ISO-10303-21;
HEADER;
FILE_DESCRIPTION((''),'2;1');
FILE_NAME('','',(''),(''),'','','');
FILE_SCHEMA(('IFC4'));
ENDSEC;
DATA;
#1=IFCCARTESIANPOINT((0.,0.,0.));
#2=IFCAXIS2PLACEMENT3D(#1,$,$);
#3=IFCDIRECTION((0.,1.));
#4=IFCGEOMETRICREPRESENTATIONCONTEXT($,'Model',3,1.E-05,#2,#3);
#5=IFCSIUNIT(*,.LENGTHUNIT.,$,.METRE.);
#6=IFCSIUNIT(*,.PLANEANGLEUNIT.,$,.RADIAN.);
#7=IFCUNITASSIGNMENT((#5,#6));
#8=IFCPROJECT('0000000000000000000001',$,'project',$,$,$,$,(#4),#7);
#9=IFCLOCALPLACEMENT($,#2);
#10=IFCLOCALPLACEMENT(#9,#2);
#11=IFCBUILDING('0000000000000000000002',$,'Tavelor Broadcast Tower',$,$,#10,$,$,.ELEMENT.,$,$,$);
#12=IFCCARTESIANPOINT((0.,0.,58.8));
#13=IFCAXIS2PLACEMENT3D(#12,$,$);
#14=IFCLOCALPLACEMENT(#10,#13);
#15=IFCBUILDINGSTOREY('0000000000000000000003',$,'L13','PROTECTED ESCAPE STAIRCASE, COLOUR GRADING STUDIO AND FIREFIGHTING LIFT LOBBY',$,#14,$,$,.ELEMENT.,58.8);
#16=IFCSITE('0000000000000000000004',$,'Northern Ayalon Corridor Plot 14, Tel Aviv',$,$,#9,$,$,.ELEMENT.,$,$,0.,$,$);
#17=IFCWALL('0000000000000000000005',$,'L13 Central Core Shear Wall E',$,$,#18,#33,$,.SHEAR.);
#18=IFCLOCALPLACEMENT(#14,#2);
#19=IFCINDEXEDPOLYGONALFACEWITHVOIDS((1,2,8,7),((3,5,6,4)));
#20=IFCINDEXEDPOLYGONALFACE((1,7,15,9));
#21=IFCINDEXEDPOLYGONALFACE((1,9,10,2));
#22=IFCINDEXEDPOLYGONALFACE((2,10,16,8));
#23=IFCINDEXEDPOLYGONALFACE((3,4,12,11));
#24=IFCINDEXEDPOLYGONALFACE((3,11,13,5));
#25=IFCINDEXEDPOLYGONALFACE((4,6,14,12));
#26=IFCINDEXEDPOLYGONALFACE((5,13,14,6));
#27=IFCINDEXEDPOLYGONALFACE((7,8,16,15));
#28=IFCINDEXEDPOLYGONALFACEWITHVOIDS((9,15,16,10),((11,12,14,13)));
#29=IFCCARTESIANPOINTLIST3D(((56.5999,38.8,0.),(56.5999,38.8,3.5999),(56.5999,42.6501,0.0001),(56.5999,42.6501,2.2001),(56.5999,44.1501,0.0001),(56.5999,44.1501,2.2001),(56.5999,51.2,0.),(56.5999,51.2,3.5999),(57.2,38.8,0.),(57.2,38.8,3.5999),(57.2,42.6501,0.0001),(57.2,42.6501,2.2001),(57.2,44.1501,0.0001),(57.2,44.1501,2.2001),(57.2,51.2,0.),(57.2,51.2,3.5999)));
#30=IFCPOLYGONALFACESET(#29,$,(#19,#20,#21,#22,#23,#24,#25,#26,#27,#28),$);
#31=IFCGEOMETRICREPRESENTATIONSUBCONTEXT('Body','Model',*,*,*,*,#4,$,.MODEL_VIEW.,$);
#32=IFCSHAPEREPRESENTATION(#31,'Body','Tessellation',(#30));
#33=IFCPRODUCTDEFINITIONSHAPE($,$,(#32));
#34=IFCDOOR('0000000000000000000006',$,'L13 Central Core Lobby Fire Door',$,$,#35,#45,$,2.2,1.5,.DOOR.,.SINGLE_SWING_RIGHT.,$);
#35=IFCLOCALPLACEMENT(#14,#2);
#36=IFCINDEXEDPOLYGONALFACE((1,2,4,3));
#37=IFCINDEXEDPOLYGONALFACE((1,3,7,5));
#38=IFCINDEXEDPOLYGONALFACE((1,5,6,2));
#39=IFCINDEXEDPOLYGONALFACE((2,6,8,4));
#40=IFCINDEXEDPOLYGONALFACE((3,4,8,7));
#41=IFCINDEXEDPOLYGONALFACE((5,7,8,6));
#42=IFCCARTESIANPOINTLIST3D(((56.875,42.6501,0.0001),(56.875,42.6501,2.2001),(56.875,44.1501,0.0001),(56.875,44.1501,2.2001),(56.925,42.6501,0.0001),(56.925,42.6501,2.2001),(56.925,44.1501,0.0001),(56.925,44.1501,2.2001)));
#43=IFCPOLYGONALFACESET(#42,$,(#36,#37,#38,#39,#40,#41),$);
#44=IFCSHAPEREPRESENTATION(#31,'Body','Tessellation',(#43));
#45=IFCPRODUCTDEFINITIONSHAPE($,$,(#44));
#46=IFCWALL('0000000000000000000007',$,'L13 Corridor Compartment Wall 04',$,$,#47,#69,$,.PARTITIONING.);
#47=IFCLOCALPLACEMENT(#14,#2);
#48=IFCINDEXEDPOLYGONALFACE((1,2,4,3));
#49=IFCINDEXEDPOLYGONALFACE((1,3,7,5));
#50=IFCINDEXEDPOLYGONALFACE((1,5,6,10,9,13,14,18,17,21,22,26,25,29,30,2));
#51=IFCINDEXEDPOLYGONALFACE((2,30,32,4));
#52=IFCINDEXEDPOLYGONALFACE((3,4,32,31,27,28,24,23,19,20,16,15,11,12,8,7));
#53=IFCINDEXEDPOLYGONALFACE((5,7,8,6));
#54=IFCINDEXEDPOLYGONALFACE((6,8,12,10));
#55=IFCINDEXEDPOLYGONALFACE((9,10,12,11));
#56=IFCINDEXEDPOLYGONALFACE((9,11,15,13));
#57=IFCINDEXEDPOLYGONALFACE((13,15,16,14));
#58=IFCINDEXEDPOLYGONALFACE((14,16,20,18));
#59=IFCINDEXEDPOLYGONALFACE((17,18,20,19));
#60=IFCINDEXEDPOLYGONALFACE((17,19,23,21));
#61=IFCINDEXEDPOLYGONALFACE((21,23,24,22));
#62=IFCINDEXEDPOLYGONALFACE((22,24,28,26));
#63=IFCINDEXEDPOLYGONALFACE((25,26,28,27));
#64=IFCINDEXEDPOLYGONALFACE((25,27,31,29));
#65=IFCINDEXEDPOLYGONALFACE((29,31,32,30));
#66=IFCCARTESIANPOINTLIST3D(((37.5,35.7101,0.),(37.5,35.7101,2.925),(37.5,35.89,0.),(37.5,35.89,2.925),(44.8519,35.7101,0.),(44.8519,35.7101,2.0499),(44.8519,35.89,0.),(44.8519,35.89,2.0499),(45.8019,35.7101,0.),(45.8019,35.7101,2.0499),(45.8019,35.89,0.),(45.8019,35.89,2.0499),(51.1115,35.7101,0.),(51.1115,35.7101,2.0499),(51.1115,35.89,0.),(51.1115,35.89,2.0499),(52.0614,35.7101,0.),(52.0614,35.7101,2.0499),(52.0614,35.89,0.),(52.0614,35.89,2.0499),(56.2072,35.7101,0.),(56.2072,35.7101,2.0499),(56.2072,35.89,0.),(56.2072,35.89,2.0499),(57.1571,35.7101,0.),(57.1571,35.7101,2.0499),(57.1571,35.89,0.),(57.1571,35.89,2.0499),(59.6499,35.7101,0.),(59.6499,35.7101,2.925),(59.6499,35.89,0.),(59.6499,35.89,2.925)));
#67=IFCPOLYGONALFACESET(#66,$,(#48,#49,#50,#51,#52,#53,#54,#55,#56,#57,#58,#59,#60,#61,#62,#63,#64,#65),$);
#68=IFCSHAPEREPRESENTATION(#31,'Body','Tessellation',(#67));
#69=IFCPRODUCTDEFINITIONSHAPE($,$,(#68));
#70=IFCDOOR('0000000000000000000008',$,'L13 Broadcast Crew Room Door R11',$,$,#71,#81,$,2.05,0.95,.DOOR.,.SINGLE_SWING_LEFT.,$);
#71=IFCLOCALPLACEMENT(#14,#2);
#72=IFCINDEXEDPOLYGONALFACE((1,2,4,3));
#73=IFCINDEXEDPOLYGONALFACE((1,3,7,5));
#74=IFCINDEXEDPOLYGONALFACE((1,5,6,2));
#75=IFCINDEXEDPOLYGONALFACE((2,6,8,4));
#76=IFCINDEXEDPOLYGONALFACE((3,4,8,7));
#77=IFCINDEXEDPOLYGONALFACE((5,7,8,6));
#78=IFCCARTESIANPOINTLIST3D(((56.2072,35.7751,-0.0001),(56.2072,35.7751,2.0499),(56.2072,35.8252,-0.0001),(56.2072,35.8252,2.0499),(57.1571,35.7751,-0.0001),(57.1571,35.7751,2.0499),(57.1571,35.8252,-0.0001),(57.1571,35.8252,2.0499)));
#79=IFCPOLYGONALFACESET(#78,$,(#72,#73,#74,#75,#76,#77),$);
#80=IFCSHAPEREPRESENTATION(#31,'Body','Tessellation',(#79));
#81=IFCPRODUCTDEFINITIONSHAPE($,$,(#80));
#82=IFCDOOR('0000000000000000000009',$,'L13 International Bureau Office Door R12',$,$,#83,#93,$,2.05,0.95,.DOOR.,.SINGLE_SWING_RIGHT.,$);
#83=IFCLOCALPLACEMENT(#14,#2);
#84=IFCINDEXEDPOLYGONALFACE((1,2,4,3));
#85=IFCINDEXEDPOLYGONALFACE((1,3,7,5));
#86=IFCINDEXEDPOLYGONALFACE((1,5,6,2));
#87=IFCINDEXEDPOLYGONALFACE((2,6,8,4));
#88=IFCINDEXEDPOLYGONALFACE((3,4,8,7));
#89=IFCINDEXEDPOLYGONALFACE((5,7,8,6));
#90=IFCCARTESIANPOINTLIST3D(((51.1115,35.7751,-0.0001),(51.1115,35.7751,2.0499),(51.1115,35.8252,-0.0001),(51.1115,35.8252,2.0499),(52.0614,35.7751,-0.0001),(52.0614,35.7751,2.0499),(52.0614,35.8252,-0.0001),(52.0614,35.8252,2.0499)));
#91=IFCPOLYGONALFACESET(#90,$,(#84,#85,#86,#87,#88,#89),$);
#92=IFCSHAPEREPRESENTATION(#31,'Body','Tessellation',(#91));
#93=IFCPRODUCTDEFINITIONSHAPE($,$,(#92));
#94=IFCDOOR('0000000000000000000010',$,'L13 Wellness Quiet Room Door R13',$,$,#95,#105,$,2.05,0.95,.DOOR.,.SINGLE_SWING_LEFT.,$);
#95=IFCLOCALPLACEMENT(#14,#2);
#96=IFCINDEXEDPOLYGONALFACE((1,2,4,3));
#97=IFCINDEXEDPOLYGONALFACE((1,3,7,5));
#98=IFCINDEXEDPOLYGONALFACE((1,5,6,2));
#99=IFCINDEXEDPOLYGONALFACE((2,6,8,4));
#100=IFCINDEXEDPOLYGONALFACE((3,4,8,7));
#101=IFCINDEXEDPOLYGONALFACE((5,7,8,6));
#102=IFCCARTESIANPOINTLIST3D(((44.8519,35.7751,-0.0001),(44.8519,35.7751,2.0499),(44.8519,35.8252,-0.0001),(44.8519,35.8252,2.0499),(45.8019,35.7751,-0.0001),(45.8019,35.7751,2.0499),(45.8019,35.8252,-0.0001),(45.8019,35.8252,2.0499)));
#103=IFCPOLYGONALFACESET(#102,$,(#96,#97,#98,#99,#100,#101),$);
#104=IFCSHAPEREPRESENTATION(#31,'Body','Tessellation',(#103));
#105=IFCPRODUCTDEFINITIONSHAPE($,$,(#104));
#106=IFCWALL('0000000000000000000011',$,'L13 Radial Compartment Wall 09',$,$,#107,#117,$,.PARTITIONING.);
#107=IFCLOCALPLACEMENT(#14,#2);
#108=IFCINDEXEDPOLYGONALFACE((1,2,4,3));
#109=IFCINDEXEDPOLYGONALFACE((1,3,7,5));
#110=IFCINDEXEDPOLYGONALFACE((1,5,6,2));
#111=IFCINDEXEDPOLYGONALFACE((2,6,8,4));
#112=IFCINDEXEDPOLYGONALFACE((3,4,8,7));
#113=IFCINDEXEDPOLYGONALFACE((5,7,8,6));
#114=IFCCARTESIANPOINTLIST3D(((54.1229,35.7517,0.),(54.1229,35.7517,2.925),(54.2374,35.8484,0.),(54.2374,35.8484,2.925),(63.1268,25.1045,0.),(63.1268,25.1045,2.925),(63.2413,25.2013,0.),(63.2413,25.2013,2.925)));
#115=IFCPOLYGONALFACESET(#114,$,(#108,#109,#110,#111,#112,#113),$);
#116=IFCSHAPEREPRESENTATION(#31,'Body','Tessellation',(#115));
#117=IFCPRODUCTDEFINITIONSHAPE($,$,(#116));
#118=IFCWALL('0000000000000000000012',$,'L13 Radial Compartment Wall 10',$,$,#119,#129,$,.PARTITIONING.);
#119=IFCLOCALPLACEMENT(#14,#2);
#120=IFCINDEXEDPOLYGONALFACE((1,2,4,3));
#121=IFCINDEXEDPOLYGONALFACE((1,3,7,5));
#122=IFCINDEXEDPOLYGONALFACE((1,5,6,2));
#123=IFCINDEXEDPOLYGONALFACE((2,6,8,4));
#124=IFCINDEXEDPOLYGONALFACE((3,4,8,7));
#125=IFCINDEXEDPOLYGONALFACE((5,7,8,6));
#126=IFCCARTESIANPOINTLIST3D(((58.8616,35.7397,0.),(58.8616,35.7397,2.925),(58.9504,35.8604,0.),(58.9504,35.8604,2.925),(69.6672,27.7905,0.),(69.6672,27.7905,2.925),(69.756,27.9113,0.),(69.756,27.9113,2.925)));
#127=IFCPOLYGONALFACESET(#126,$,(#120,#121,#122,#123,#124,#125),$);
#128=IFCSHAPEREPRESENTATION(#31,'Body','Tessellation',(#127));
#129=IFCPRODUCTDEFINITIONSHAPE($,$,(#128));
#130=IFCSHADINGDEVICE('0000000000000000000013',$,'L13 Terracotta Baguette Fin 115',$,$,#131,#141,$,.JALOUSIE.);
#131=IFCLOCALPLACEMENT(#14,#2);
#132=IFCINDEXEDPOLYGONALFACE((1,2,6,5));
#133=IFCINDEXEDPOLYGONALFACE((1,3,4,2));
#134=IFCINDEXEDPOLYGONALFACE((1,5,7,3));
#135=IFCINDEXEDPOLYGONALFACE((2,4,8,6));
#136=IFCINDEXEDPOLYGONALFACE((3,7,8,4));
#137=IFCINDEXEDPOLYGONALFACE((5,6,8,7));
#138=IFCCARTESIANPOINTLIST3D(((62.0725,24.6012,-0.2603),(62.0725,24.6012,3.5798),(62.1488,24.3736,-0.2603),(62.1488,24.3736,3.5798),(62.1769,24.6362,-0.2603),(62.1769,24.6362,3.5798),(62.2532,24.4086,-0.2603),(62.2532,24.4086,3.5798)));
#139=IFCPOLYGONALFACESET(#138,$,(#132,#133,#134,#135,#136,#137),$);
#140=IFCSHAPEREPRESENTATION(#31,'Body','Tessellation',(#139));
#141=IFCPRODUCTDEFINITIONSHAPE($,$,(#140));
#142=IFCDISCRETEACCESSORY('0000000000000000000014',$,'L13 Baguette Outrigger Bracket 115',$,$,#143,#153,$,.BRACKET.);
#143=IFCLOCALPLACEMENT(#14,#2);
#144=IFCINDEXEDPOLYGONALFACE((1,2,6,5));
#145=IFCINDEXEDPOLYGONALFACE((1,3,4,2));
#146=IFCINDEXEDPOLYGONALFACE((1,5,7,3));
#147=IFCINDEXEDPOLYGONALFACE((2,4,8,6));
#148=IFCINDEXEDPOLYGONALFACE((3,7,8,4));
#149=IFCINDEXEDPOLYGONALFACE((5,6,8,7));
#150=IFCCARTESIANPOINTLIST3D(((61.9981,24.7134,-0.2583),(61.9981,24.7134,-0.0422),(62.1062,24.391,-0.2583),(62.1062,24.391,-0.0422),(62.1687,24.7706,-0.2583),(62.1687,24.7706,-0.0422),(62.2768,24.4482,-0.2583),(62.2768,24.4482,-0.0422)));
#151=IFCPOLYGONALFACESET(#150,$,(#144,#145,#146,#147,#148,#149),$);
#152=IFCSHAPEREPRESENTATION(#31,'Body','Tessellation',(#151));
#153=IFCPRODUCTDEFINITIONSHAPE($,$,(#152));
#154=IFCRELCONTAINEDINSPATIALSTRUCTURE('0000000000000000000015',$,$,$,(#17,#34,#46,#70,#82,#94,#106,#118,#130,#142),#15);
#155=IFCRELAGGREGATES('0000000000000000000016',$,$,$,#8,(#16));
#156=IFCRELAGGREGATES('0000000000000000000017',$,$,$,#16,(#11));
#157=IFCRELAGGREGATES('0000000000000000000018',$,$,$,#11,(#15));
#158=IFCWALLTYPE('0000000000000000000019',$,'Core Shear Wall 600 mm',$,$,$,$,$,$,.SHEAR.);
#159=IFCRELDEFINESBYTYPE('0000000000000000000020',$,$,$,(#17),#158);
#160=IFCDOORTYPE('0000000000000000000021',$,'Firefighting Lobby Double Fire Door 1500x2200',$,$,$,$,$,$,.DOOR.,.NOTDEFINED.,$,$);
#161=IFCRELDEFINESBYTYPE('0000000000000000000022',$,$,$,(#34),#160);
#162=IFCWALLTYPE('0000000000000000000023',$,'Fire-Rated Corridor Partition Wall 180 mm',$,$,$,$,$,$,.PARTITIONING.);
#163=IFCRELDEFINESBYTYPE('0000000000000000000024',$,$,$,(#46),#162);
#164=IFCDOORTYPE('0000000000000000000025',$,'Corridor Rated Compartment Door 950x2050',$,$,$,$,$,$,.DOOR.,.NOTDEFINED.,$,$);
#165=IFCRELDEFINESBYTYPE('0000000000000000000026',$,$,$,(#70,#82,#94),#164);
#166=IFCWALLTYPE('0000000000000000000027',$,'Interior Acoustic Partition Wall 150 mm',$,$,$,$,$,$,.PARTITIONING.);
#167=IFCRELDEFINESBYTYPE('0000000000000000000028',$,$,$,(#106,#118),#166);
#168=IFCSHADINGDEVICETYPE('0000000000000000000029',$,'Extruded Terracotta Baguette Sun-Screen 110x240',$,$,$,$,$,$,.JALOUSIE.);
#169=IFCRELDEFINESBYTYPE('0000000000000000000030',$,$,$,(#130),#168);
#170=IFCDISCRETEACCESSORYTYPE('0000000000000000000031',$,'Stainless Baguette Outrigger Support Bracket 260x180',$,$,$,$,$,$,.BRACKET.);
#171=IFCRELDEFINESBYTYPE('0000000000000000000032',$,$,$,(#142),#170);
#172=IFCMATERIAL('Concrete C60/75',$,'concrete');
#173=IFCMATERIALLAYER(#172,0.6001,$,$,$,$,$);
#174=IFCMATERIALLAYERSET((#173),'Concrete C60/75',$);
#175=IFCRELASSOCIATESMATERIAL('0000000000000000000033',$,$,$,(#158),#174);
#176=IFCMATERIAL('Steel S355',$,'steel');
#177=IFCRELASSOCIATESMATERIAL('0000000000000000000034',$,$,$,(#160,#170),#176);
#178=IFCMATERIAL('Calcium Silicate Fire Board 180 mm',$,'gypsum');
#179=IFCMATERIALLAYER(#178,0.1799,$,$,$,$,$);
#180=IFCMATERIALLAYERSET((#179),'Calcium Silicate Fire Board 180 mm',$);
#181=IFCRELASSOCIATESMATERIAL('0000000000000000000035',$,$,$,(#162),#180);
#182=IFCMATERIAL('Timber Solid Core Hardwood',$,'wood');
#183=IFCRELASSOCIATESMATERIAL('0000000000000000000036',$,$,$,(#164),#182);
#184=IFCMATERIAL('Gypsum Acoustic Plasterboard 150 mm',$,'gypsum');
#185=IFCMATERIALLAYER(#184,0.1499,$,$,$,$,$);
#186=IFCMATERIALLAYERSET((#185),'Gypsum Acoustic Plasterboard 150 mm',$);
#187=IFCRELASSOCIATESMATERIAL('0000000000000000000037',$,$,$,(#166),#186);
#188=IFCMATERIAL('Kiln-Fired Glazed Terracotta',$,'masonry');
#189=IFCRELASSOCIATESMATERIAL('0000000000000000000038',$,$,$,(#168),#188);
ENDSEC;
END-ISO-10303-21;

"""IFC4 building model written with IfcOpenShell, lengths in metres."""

from ifc_helpers import new_model, si_unit, direction, frame, frame_2d, origin, origin_2d, place, context, subcontext, project, spatial, rectangle, extrude, source, transform, mapped, material, layer, layer_set, type_object, type_shapes, element, fill, save


model = new_model("IFC4")

# Units and contexts
model_context = context("Model", 3, precision=1e-05, world=origin(), true_north=direction((0.0, 1.0)))
body_context = subcontext(model_context, "Body", "Model", "MODEL_VIEW")
ifc_project = project(units=[si_unit("LENGTHUNIT", "METRE"), si_unit("PLANEANGLEUNIT", "RADIAN")], contexts=[model_context])

# Site, building, storey
site_placement = place(None, origin())
site = spatial("IfcSite", under=ifc_project, at=site_placement, Name="Northern Ayalon Corridor Plot 14, Tel Aviv", CompositionType="ELEMENT", RefElevation=0.0)
building_placement = place(site_placement, origin())
building = spatial("IfcBuilding", under=site, at=building_placement, Name="Tavelor Broadcast Tower", CompositionType="ELEMENT")
storey_placement = place(building_placement, frame((0.0, 0.0, 58.8)))
storey = spatial("IfcBuildingStorey", under=building, at=storey_placement, Name="L13", Description="PROTECTED ESCAPE STAIRCASE, COLOUR GRADING STUDIO AND FIREFIGHTING LIFT LOBBY", CompositionType="ELEMENT", Elevation=58.8)

# Shared definitions
ifc_material_1 = material(Name="Concrete C60/75", Category="concrete")

# Shared definitions
ifc_material_2 = material(Name="Steel S355", Category="steel")

# Wall, opening, door
ifc_layer_1 = layer(ifc_material_1, 0.6001)
ifc_layer_set_1 = layer_set([ifc_layer_1], Name="Concrete C60/75")
wall_type_1 = type_object("IfcWallType", Name="Core Shear Wall 600 mm", PredefinedType="SHEAR", material=ifc_layer_set_1)
wall_1_placement = place(storey_placement, frame((56.8999, 38.8, 0.0), z_axis=(0.0, 0.0, 1.0), x_axis=(0.0, 1.0, 0.0)))
wall_1 = element("IfcWall", 1, at=wall_1_placement, inside=storey, type_object=wall_type_1, Name="L13 Central Core Shear Wall E", PredefinedType="SHEAR", context=body_context, shape_type="SweptSolid", body=[
    extrude(rectangle(XDim=12.3999, YDim=0.6001, at=frame_2d((6.2, 0.0))), origin(), (0.0, 0.0, 1.0), 3.5999),
])
opening_1_placement = place(wall_1_placement, frame((3.8501, 0.0, 0.0)))
opening_1 = element("IfcOpeningElement", 2, at=opening_1_placement, cuts=wall_1, PredefinedType="OPENING", context=body_context, shape_type="SweptSolid", body=[
    extrude(rectangle(XDim=1.5, YDim=2.2, at=frame_2d((0.75, 1.1001))), frame((0.0, 0.3101, 0.0), z_axis=(0.0, -1.0, 0.0), x_axis=(1.0, 0.0, 0.0)), (0.0, 0.0, 1.0), 0.6201),
])
door_type_1 = type_object("IfcDoorType", Name="Firefighting Lobby Double Fire Door 1500x2200", OperationType="NOTDEFINED", PredefinedType="DOOR", material=ifc_material_2)
door_1_placement = place(opening_1_placement, origin())
door_1 = element("IfcDoor", 3, at=door_1_placement, inside=storey, type_object=door_type_1, Name="L13 Central Core Lobby Fire Door", OperationType="SINGLE_SWING_RIGHT", OverallHeight=2.2, OverallWidth=1.5, PredefinedType="DOOR", context=body_context, shape_type="SweptSolid", body=[
    extrude(rectangle(XDim=1.5, YDim=2.2, at=frame_2d((0.75, 1.1001))), frame((0.0, 0.0249, 0.0), z_axis=(0.0, -1.0, 0.0), x_axis=(1.0, 0.0, 0.0)), (0.0, 0.0, 1.0), 0.05),
])
fill(opening_1, door_1)

# Wall, openings, doors
ifc_material_3 = material(Name="Calcium Silicate Fire Board 180 mm", Category="gypsum")
ifc_layer_2 = layer(ifc_material_3, 0.1799)
ifc_layer_set_2 = layer_set([ifc_layer_2], Name="Calcium Silicate Fire Board 180 mm")
wall_type_2 = type_object("IfcWallType", Name="Fire-Rated Corridor Partition Wall 180 mm", PredefinedType="PARTITIONING", material=ifc_layer_set_2)
wall_2_placement = place(storey_placement, frame((59.6499, 35.8, 0.0), z_axis=(0.0, 0.0, 1.0), x_axis=(-1.0, 0.0, 0.0)))
wall_2 = element("IfcWall", 4, at=wall_2_placement, inside=storey, type_object=wall_type_2, Name="L13 Corridor Compartment Wall 04", PredefinedType="PARTITIONING", context=body_context, shape_type="SweptSolid", body=[
    extrude(rectangle(XDim=22.1499, YDim=0.1799, at=frame_2d((11.075, 0.0))), origin(), (0.0, 0.0, 1.0), 2.925),
])
opening_2_placement = place(wall_2_placement, frame((2.4927, 0.0, 0.0)))
opening_2 = element("IfcOpeningElement", 5, at=opening_2_placement, cuts=wall_2, PredefinedType="OPENING", context=body_context, shape_type="SweptSolid", body=[
    extrude(rectangle(XDim=0.95, YDim=2.05, at=frame_2d((0.4751, 1.0249))), frame((0.0, 0.1001, 0.0), z_axis=(0.0, -1.0, 0.0), x_axis=(1.0, 0.0, 0.0)), (0.0, 0.0, 1.0), 0.2),
])
opening_3_placement = place(wall_2_placement, frame((7.5884, 0.0, 0.0)))
opening_3 = element("IfcOpeningElement", 6, at=opening_3_placement, cuts=wall_2, PredefinedType="OPENING", context=body_context, shape_type="SweptSolid", body=[
    extrude(rectangle(XDim=0.95, YDim=2.05, at=frame_2d((0.4751, 1.0249))), frame((0.0, 0.1001, 0.0), z_axis=(0.0, -1.0, 0.0), x_axis=(1.0, 0.0, 0.0)), (0.0, 0.0, 1.0), 0.2),
])
opening_4_placement = place(wall_2_placement, frame((13.8479, 0.0, 0.0)))
opening_4 = element("IfcOpeningElement", 7, at=opening_4_placement, cuts=wall_2, PredefinedType="OPENING", context=body_context, shape_type="SweptSolid", body=[
    extrude(rectangle(XDim=0.95, YDim=2.05, at=frame_2d((0.4751, 1.0249))), frame((0.0, 0.1001, 0.0), z_axis=(0.0, -1.0, 0.0), x_axis=(1.0, 0.0, 0.0)), (0.0, 0.0, 1.0), 0.2),
])
ifc_material_4 = material(Name="Timber Solid Core Hardwood", Category="wood")
door_type_2 = type_object("IfcDoorType", Name="Corridor Rated Compartment Door 950x2050", OperationType="NOTDEFINED", PredefinedType="DOOR", material=ifc_material_4)
door_2_placement = place(opening_2_placement, origin())
door_2 = element("IfcDoor", 8, at=door_2_placement, inside=storey, type_object=door_type_2, Name="L13 Broadcast Crew Room Door R11", OperationType="SINGLE_SWING_LEFT", OverallHeight=2.05, OverallWidth=0.95, PredefinedType="DOOR", context=body_context, shape_type="SweptSolid", body=[
    extrude(rectangle(XDim=0.95, YDim=2.05, at=frame_2d((0.4751, 1.0249))), frame((0.0, 0.0249, 0.0), z_axis=(0.0, -1.0, 0.0), x_axis=(1.0, 0.0, 0.0)), (0.0, 0.0, 1.0), 0.05),
])
fill(opening_2, door_2)
door_3_placement = place(opening_3_placement, origin())
door_3 = element("IfcDoor", 9, at=door_3_placement, inside=storey, type_object=door_type_2, Name="L13 International Bureau Office Door R12", OperationType="SINGLE_SWING_RIGHT", OverallHeight=2.05, OverallWidth=0.95, PredefinedType="DOOR", context=body_context, shape_type="SweptSolid", body=[
    extrude(rectangle(XDim=0.95, YDim=2.05, at=frame_2d((0.4751, 1.0249))), frame((0.0, 0.0249, 0.0), z_axis=(0.0, -1.0, 0.0), x_axis=(1.0, 0.0, 0.0)), (0.0, 0.0, 1.0), 0.05),
])
fill(opening_3, door_3)
door_4_placement = place(opening_4_placement, origin())
door_4 = element("IfcDoor", 10, at=door_4_placement, inside=storey, type_object=door_type_2, Name="L13 Wellness Quiet Room Door R13", OperationType="SINGLE_SWING_LEFT", OverallHeight=2.05, OverallWidth=0.95, PredefinedType="DOOR", context=body_context, shape_type="SweptSolid", body=[
    extrude(rectangle(XDim=0.95, YDim=2.05, at=frame_2d((0.4751, 1.0249))), frame((0.0, 0.0249, 0.0), z_axis=(0.0, -1.0, 0.0), x_axis=(1.0, 0.0, 0.0)), (0.0, 0.0, 1.0), 0.05),
])
fill(opening_4, door_4)

# Walls
ifc_material_5 = material(Name="Gypsum Acoustic Plasterboard 150 mm", Category="gypsum")
ifc_layer_3 = layer(ifc_material_5, 0.1499)
ifc_layer_set_3 = layer_set([ifc_layer_3], Name="Gypsum Acoustic Plasterboard 150 mm")
wall_type_3 = type_object("IfcWallType", Name="Interior Acoustic Partition Wall 150 mm", PredefinedType="PARTITIONING", material=ifc_layer_set_3)
wall_3_placement = place(storey_placement, frame((54.1802, 35.8, 0.0), z_axis=(0.0, 0.0, 1.0), x_axis=(0.645722, -0.763573, 0.0)))
element("IfcWall", 11, at=wall_3_placement, inside=storey, type_object=wall_type_3, Name="L13 Radial Compartment Wall 09", PredefinedType="PARTITIONING", context=body_context, shape_type="SweptSolid", body=[
    extrude(rectangle(XDim=13.9438, YDim=0.1499, at=frame_2d((6.9719, 0.0))), origin(), (0.0, 0.0, 1.0), 2.925),
])
wall_4_placement = place(storey_placement, frame((58.906, 35.8, 0.0), z_axis=(0.0, 0.0, 1.0), x_axis=(0.805513, -0.592578, 0.0)))
element("IfcWall", 12, at=wall_4_placement, inside=storey, type_object=wall_type_3, Name="L13 Radial Compartment Wall 10", PredefinedType="PARTITIONING", context=body_context, shape_type="SweptSolid", body=[
    extrude(rectangle(XDim=13.4146, YDim=0.1499, at=frame_2d((6.7073, 0.0))), origin(), (0.0, 0.0, 1.0), 2.925),
])

# Shading device
ifc_material_6 = material(Name="Kiln-Fired Glazed Terracotta", Category="masonry")
shading_device_type = type_object("IfcShadingDeviceType", Name="Extruded Terracotta Baguette Sun-Screen 110x240", PredefinedType="JALOUSIE", material=ifc_material_6)
shared_shape_1 = source(origin(), body_context, "Body", "SweptSolid", [
    extrude(rectangle(XDim=0.1101, YDim=0.24, at=origin_2d()), origin(), (0.0, 0.0, 1.0), 3.8401),
])
type_shapes(shading_device_type, [shared_shape_1])
shading_device_placement = place(storey_placement, frame((62.1628, 24.5049, -0.2603), z_axis=(0.0, 0.0, 1.0), x_axis=(0.948157, 0.317801, 0.0)))
element("IfcShadingDevice", 13, at=shading_device_placement, inside=storey, type_object=shading_device_type, Name="L13 Terracotta Baguette Fin 115", PredefinedType="JALOUSIE", context=body_context, shape_type="MappedRepresentation", body=[
    mapped(shared_shape_1, transform((0.0, 0.0, 0.0), scale=1.0)),
])

# Discrete accessory
discrete_accessory_type = type_object("IfcDiscreteAccessoryType", Name="Stainless Baguette Outrigger Support Bracket 260x180", PredefinedType="BRACKET", material=ifc_material_2)
shared_shape_2 = source(origin(), body_context, "Body", "SweptSolid", [
    extrude(rectangle(XDim=0.1799, YDim=0.3401, at=origin_2d()), origin(), (0.0, 0.0, 1.0), 0.2161),
])
type_shapes(discrete_accessory_type, [shared_shape_2])
discrete_accessory_placement = place(storey_placement, frame((62.1375, 24.5808, -0.2583), z_axis=(0.0, 0.0, 1.0), x_axis=(0.948157, 0.317801, 0.0)))
element("IfcDiscreteAccessory", 14, at=discrete_accessory_placement, inside=storey, type_object=discrete_accessory_type, Name="L13 Baguette Outrigger Bracket 115", PredefinedType="BRACKET", context=body_context, shape_type="MappedRepresentation", body=[
    mapped(shared_shape_2, transform((0.0, 0.0, 0.0), scale=1.0)),
])

save(model, "model.ifc")
